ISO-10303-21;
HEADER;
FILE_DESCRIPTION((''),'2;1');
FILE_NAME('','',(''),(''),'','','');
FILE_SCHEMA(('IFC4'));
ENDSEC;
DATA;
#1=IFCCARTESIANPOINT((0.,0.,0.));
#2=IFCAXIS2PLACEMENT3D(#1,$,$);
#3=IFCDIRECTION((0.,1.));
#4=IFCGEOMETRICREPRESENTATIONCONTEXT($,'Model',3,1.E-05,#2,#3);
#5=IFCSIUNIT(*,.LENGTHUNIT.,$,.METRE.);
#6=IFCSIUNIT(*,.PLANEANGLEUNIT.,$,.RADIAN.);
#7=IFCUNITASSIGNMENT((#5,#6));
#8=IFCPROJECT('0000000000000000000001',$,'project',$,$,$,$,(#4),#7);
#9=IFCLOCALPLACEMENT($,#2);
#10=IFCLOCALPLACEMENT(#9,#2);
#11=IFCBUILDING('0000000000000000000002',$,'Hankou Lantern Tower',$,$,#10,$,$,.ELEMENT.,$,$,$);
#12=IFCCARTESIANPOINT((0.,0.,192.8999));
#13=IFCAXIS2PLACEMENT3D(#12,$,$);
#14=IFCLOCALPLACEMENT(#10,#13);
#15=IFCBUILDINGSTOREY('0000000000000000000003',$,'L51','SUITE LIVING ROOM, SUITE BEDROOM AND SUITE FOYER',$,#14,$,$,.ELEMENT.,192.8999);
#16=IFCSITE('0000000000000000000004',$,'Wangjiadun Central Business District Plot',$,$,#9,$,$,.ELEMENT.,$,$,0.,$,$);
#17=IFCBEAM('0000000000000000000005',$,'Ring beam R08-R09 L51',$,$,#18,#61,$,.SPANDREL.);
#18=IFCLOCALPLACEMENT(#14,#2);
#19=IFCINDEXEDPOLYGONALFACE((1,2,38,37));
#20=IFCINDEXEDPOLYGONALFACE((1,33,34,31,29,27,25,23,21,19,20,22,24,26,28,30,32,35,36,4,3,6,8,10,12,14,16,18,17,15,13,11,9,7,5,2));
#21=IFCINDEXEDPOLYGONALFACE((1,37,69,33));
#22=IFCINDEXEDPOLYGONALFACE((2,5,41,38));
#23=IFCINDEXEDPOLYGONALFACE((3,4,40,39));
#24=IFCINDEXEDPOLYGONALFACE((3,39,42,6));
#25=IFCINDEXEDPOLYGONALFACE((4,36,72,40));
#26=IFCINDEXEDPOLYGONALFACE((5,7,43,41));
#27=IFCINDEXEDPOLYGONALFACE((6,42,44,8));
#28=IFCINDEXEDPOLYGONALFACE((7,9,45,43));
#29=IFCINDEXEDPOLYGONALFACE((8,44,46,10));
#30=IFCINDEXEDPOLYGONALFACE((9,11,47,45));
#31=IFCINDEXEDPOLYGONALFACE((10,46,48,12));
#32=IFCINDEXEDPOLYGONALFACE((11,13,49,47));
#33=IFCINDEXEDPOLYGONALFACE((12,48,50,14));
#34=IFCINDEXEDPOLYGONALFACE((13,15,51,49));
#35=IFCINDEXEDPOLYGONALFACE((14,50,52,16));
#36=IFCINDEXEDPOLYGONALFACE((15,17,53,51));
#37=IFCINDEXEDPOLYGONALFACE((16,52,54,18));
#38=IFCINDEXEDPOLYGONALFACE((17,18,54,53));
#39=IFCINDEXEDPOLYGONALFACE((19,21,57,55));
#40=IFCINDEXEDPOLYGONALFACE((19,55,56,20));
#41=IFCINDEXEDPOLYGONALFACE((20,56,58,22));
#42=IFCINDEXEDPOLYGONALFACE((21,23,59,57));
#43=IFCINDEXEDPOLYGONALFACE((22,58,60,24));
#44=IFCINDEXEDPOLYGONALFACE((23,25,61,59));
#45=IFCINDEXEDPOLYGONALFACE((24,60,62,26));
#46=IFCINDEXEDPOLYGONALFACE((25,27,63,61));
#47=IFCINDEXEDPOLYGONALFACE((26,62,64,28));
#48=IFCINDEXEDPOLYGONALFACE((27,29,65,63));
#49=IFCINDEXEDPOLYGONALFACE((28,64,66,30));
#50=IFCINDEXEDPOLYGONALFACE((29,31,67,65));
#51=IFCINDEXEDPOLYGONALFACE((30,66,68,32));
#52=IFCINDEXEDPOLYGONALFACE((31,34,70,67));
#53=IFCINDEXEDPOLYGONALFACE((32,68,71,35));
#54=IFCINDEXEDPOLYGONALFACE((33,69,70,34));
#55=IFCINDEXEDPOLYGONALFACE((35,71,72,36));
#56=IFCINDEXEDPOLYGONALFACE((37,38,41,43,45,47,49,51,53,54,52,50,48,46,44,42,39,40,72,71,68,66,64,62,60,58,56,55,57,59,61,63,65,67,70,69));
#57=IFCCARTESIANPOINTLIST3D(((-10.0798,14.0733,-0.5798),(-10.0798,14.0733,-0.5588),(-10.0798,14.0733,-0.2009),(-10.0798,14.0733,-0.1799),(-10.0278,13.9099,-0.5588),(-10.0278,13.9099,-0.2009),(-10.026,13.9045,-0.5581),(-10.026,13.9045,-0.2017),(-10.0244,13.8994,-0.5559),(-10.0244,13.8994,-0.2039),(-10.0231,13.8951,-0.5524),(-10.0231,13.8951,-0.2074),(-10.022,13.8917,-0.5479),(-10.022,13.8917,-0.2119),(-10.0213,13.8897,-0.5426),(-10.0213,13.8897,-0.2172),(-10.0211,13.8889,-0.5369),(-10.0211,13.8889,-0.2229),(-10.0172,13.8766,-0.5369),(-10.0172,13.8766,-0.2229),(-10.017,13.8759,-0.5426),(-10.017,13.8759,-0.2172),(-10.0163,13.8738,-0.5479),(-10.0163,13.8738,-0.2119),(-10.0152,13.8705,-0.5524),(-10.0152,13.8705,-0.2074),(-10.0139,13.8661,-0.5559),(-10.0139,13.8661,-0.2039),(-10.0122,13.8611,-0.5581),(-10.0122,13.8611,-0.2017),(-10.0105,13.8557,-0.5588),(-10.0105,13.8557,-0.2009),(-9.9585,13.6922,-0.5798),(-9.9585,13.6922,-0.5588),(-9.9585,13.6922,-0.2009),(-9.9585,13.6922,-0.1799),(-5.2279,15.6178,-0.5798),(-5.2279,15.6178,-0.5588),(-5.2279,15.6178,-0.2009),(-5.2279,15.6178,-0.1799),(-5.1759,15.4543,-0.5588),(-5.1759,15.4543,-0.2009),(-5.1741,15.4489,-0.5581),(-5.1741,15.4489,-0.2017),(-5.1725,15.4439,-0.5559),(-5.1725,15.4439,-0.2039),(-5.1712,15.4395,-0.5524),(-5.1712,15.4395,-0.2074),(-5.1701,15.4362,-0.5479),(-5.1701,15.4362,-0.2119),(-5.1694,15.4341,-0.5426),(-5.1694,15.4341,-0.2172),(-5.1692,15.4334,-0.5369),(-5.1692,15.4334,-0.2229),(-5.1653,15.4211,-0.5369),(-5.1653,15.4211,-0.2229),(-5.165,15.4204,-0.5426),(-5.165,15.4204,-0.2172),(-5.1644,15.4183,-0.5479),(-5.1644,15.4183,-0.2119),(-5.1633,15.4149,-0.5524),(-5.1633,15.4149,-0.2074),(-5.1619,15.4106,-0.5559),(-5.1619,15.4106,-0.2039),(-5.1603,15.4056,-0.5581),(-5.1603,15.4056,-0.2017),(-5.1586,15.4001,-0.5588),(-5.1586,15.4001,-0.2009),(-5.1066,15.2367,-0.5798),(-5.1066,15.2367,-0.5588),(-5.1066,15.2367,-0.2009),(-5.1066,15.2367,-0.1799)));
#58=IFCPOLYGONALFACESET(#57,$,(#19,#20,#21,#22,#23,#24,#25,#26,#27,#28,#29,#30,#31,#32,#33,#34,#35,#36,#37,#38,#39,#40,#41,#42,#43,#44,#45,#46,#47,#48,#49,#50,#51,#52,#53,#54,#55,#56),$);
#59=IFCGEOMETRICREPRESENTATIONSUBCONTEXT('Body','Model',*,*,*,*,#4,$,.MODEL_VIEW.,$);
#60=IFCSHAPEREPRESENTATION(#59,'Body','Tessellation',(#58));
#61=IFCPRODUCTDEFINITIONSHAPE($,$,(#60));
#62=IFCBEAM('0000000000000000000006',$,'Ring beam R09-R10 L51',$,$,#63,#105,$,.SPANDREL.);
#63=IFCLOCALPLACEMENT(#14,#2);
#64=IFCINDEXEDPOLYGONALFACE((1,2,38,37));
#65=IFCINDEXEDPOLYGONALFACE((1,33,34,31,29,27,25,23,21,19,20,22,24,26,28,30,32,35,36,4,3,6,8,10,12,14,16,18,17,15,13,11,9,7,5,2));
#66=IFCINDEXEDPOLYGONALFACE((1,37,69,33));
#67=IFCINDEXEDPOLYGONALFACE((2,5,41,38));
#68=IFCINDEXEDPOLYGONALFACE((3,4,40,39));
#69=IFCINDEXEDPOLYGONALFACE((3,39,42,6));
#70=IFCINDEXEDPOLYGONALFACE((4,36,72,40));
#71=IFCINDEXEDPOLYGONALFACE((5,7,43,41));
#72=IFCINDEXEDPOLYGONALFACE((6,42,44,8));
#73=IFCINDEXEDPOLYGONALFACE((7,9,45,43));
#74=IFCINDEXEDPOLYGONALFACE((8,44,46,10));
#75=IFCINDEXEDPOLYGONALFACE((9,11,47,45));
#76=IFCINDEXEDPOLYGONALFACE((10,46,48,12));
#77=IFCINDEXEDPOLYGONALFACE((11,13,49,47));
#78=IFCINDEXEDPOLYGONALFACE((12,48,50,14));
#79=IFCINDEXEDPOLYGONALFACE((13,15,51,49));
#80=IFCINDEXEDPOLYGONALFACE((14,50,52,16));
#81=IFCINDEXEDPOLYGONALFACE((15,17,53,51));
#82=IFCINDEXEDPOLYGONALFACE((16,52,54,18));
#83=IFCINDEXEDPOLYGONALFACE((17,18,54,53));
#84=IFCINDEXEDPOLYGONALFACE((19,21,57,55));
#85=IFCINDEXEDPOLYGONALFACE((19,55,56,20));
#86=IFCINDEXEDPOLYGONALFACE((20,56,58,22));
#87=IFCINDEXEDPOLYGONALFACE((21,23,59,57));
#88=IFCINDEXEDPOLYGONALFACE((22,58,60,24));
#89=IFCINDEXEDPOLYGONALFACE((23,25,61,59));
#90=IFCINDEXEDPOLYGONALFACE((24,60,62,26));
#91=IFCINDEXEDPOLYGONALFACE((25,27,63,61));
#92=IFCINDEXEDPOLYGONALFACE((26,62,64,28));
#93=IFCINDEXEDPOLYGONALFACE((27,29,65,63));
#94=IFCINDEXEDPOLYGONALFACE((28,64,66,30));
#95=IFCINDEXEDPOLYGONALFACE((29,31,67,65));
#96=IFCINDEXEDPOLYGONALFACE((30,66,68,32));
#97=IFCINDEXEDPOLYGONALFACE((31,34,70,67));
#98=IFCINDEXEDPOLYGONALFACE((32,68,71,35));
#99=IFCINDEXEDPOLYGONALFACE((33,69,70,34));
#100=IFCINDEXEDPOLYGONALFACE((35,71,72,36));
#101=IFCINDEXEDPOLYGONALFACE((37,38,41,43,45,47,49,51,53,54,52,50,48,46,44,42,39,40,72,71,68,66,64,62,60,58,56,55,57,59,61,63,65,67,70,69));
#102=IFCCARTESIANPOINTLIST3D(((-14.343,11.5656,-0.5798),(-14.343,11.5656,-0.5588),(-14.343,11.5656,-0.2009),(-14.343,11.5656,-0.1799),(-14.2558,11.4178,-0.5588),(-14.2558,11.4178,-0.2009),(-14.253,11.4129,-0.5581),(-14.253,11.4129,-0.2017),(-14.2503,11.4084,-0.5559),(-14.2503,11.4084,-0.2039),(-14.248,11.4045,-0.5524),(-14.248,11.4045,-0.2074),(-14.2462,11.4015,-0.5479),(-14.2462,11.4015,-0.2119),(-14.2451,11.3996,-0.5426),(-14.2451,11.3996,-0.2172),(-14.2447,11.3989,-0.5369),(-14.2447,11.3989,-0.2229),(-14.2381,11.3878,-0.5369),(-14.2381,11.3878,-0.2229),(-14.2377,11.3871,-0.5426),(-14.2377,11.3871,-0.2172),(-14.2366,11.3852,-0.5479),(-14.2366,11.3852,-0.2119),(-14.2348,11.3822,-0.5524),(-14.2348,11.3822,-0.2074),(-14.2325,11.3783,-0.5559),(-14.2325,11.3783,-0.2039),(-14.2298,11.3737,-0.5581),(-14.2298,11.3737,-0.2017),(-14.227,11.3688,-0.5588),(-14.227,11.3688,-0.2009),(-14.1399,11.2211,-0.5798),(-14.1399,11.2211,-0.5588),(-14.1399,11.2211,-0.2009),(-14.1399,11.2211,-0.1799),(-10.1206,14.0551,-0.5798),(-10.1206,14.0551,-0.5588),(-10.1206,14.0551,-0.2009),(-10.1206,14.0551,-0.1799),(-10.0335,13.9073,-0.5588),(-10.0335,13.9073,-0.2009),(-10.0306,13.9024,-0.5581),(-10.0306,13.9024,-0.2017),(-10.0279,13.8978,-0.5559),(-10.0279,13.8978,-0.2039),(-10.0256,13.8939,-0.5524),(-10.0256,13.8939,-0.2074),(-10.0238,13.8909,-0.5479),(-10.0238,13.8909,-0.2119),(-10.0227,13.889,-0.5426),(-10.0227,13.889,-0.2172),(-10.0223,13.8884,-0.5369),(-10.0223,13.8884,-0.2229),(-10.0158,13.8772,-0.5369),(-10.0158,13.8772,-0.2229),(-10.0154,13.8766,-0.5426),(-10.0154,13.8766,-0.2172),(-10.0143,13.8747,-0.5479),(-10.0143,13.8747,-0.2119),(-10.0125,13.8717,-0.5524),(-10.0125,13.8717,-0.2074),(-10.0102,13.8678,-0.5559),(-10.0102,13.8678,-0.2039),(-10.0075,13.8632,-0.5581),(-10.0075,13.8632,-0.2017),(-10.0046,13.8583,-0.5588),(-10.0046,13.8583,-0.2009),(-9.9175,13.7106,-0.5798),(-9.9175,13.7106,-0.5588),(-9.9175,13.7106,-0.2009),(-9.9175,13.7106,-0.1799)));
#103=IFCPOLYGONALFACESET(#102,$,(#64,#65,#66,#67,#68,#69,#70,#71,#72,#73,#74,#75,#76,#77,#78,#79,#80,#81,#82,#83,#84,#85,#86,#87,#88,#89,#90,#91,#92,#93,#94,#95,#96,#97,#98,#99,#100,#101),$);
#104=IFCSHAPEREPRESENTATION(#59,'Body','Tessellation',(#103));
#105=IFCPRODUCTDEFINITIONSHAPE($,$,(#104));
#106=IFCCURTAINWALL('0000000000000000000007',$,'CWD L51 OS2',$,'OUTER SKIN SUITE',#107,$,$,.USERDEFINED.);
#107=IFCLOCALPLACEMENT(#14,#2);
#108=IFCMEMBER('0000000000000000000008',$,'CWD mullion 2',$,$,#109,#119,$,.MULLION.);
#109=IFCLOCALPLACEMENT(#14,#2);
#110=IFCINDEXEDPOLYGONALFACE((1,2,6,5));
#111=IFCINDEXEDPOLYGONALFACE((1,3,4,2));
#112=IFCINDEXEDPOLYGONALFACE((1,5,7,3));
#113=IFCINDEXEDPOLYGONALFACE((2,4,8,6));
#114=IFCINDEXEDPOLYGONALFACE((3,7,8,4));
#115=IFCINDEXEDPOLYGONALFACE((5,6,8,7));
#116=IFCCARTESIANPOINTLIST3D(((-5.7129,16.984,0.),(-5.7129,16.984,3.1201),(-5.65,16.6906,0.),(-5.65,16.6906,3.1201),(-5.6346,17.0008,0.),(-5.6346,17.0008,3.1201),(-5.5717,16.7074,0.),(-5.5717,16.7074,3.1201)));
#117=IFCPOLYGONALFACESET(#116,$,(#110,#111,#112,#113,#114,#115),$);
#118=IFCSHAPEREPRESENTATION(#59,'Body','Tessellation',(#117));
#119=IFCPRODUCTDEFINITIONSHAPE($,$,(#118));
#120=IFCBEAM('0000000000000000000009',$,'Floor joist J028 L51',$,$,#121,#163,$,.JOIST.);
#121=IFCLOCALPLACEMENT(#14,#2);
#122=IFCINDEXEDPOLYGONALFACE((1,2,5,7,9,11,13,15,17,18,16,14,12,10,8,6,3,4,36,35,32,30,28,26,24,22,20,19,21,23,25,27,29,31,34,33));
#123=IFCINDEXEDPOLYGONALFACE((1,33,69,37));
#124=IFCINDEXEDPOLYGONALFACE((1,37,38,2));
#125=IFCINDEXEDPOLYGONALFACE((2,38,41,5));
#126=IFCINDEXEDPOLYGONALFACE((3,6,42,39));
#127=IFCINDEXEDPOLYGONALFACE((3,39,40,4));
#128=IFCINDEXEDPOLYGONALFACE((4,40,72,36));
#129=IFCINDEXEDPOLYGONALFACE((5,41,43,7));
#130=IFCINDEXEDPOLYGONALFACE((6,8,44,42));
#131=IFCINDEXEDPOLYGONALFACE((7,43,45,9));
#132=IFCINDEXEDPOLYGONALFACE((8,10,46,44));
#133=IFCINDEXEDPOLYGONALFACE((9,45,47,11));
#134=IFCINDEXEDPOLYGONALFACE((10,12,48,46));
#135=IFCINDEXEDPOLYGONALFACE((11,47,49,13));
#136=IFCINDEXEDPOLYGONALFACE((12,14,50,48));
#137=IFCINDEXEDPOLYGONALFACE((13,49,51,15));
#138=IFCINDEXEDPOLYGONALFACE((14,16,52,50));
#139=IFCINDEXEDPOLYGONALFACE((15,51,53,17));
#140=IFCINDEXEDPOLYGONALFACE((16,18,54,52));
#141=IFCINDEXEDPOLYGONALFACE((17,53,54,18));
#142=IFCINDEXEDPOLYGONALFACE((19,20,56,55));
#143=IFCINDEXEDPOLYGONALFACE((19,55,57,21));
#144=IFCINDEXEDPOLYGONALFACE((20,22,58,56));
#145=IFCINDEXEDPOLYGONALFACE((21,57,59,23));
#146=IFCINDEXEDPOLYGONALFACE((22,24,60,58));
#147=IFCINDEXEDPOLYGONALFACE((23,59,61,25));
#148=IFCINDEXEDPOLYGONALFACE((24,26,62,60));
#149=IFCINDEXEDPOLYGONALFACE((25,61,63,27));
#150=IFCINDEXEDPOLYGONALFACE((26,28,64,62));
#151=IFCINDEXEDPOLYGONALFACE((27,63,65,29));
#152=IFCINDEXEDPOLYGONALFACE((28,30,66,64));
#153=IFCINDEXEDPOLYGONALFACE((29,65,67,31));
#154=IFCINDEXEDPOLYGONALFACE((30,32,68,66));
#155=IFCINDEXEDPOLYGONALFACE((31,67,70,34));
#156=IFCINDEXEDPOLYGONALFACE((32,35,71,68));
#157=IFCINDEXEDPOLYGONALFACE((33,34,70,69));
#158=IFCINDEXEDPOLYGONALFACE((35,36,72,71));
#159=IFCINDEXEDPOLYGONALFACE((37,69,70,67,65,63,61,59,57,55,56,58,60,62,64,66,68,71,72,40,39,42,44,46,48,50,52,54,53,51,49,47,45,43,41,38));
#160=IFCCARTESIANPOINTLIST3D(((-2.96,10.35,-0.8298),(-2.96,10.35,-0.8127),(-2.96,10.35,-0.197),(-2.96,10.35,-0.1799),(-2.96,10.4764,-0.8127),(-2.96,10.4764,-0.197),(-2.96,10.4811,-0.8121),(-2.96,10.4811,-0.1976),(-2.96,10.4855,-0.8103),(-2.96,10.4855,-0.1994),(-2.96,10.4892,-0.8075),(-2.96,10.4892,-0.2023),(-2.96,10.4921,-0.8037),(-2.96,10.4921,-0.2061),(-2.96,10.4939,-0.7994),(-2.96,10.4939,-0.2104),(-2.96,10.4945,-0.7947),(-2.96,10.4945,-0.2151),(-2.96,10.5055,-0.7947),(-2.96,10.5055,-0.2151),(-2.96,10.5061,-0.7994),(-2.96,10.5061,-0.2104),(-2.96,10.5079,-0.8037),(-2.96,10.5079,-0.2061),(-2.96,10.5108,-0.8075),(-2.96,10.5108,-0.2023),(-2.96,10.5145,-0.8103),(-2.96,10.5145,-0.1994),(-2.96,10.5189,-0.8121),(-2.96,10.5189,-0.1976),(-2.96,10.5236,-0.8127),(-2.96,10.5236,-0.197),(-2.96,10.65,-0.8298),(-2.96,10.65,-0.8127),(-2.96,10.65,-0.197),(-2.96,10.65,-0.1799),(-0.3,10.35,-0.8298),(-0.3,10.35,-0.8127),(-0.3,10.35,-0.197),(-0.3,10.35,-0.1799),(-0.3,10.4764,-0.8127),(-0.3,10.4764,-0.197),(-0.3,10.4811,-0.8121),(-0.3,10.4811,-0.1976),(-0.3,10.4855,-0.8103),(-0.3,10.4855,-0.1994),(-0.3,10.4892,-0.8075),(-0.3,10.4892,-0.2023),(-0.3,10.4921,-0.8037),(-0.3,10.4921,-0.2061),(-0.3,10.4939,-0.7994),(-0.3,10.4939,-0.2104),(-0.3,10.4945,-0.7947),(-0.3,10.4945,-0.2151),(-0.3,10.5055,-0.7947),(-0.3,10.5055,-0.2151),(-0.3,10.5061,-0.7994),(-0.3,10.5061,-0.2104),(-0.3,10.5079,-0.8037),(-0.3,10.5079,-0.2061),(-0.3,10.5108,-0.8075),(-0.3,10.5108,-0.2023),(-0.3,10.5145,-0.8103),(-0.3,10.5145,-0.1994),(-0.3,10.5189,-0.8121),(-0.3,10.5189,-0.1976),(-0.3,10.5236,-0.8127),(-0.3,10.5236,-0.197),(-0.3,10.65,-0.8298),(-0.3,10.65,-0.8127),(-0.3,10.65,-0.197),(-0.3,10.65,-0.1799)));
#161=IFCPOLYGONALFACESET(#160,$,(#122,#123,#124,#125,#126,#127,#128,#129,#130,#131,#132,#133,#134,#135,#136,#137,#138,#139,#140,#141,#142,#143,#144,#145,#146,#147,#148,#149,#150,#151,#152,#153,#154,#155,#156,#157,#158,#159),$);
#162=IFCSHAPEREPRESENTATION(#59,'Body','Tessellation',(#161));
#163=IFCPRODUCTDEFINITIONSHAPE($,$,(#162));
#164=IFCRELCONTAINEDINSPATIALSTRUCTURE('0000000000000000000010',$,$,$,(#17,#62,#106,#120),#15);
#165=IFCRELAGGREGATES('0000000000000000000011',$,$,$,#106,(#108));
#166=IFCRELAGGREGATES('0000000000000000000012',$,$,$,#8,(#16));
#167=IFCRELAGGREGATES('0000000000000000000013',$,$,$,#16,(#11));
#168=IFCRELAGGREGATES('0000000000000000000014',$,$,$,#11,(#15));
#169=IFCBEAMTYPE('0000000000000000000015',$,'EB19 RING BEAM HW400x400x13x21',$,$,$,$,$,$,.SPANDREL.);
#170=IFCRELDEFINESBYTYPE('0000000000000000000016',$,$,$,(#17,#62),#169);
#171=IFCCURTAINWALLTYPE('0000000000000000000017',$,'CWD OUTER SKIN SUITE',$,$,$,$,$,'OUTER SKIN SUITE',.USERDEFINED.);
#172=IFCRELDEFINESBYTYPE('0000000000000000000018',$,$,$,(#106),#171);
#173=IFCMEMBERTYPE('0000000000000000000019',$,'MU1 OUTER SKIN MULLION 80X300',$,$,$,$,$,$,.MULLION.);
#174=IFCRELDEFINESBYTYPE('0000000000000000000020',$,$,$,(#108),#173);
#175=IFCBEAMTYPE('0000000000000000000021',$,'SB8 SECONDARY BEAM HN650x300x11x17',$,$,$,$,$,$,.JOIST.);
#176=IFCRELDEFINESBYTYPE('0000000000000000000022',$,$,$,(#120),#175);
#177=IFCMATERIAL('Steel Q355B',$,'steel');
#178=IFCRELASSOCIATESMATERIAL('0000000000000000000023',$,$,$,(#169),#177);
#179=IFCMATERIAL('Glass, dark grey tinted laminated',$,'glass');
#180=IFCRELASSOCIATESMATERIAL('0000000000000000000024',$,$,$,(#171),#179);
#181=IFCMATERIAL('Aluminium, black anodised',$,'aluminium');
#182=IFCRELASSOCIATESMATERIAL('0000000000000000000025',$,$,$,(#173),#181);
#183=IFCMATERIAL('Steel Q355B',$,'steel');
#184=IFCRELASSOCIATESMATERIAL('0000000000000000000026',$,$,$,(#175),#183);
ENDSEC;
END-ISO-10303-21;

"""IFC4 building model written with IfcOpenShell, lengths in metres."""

from ifc_helpers import new_model, si_unit, direction, frame, origin, origin_2d, place, context, subcontext, project, spatial, rectangle, i_section, extrude, material, material_profile, profile_set, type_object, element, aggregate, save


model = new_model("IFC4")

# Units and contexts
model_context = context("Model", 3, precision=1e-05, world=origin(), true_north=direction((0.0, 1.0)))
body_context = subcontext(model_context, "Body", "Model", "MODEL_VIEW")
ifc_project = project(units=[si_unit("LENGTHUNIT", "METRE"), si_unit("PLANEANGLEUNIT", "RADIAN")], contexts=[model_context])

# Site, building, storey
site_placement = place(None, origin())
site = spatial("IfcSite", under=ifc_project, at=site_placement, Name="Wangjiadun Central Business District Plot", CompositionType="ELEMENT", RefElevation=0.0)
building_placement = place(site_placement, origin())
building = spatial("IfcBuilding", under=site, at=building_placement, Name="Hankou Lantern Tower", CompositionType="ELEMENT")
storey_placement = place(building_placement, frame((0.0, 0.0, 192.8999)))
storey = spatial("IfcBuildingStorey", under=building, at=storey_placement, Name="L51", Description="SUITE LIVING ROOM, SUITE BEDROOM AND SUITE FOYER", CompositionType="ELEMENT", Elevation=192.8999)

# Beams
ifc_material_1 = material(Name="Steel Q355B", Category="steel")
ifc_material_profile_1 = material_profile(ifc_material_1, i_section(OverallWidth=0.3999, OverallDepth=0.3999, WebThickness=0.0129, FlangeThickness=0.021, FilletRadius=0.022, at=origin_2d()), Name="HW400x400x13x21")
ifc_profile_set_1 = profile_set([ifc_material_profile_1], Name="Steel Q355B")
beam_type_1 = type_object("IfcBeamType", Name="EB19 RING BEAM HW400x400x13x21", PredefinedType="SPANDREL", material=ifc_profile_set_1)
beam_1_placement = place(storey_placement, frame((-5.1672, 15.4272, -0.3799), z_axis=(-0.952887, -0.303324, 0.0), x_axis=(0.303324, -0.952887, 0.0)))
element("IfcBeam", 1, at=beam_1_placement, inside=storey, type_object=beam_type_1, Name="Ring beam R08-R09 L51", PredefinedType="SPANDREL", context=body_context, shape_type="SweptSolid", body=[
    extrude(i_section(OverallWidth=0.3999, OverallDepth=0.3999, WebThickness=0.0129, FlangeThickness=0.021, FilletRadius=0.022, at=origin_2d()), origin(), (0.0, 0.0, 1.0), 5.0918),
])
beam_2_placement = place(storey_placement, frame((-10.019, 13.8828, -0.3799), z_axis=(-0.861423, -0.507888, 0.0), x_axis=(0.507888, -0.861423, 0.0)))
element("IfcBeam", 2, at=beam_2_placement, inside=storey, type_object=beam_type_1, Name="Ring beam R09-R10 L51", PredefinedType="SPANDREL", context=body_context, shape_type="SweptSolid", body=[
    extrude(i_section(OverallWidth=0.3999, OverallDepth=0.3999, WebThickness=0.0129, FlangeThickness=0.021, FilletRadius=0.022, at=origin_2d()), origin(), (0.0, 0.0, 1.0), 4.9016),
])

# Curtain wall, member
ifc_material_2 = material(Name="Glass, dark grey tinted laminated", Category="glass")
curtain_wall_type = type_object("IfcCurtainWallType", Name="CWD OUTER SKIN SUITE", ElementType="OUTER SKIN SUITE", PredefinedType="USERDEFINED", material=ifc_material_2)
curtain_wall_placement = place(storey_placement, origin())
curtain_wall = element("IfcCurtainWall", 3, at=curtain_wall_placement, inside=storey, type_object=curtain_wall_type, Name="CWD L51 OS2", ObjectType="OUTER SKIN SUITE", PredefinedType="USERDEFINED")
ifc_material_3 = material(Name="Aluminium, black anodised", Category="aluminium")
ifc_material_profile_2 = material_profile(ifc_material_3, rectangle(XDim=0.0801, YDim=0.3, at=origin_2d()), Name="MU1 80X300")
ifc_profile_set_2 = profile_set([ifc_material_profile_2], Name="Aluminium, black anodised")
member_type_1 = type_object("IfcMemberType", Name="MU1 OUTER SKIN MULLION 80X300", PredefinedType="MULLION", material=ifc_profile_set_2)
member_1_placement = place(storey_placement, frame((-5.6423, 16.8457, 0.0), z_axis=(0.0, 0.0, 1.0), x_axis=(-0.977788, -0.209598, 0.0)))
member_1 = element("IfcMember", 4, at=member_1_placement, type_object=member_type_1, Name="CWD mullion 2", PredefinedType="MULLION", context=body_context, shape_type="SweptSolid", body=[
    extrude(rectangle(XDim=0.0801, YDim=0.3, at=origin_2d()), origin(), (0.0, 0.0, 1.0), 3.1201),
])

# Beam
ifc_material_4 = material(Name="Steel Q355B", Category="steel")
ifc_material_profile_3 = material_profile(ifc_material_4, i_section(OverallWidth=0.3, OverallDepth=0.6499, WebThickness=0.011, FlangeThickness=0.0171, FilletRadius=0.0181, at=origin_2d()), Name="HN650x300x11x17")
ifc_profile_set_3 = profile_set([ifc_material_profile_3], Name="Steel Q355B")
beam_type_2 = type_object("IfcBeamType", Name="SB8 SECONDARY BEAM HN650x300x11x17", PredefinedType="JOIST", material=ifc_profile_set_3)
beam_3_placement = place(storey_placement, frame((-2.96, 10.5, -0.5049), z_axis=(1.0, 0.0, 0.0), x_axis=(0.0, 1.0, 0.0)))
element("IfcBeam", 5, at=beam_3_placement, inside=storey, type_object=beam_type_2, Name="Floor joist J028 L51", PredefinedType="JOIST", context=body_context, shape_type="SweptSolid", body=[
    extrude(i_section(OverallWidth=0.3, OverallDepth=0.6499, WebThickness=0.011, FlangeThickness=0.0171, FilletRadius=0.0181, at=origin_2d()), origin(), (0.0, 0.0, 1.0), 2.6599),
])

aggregate(curtain_wall, [member_1])

save(model, "model.ifc")
